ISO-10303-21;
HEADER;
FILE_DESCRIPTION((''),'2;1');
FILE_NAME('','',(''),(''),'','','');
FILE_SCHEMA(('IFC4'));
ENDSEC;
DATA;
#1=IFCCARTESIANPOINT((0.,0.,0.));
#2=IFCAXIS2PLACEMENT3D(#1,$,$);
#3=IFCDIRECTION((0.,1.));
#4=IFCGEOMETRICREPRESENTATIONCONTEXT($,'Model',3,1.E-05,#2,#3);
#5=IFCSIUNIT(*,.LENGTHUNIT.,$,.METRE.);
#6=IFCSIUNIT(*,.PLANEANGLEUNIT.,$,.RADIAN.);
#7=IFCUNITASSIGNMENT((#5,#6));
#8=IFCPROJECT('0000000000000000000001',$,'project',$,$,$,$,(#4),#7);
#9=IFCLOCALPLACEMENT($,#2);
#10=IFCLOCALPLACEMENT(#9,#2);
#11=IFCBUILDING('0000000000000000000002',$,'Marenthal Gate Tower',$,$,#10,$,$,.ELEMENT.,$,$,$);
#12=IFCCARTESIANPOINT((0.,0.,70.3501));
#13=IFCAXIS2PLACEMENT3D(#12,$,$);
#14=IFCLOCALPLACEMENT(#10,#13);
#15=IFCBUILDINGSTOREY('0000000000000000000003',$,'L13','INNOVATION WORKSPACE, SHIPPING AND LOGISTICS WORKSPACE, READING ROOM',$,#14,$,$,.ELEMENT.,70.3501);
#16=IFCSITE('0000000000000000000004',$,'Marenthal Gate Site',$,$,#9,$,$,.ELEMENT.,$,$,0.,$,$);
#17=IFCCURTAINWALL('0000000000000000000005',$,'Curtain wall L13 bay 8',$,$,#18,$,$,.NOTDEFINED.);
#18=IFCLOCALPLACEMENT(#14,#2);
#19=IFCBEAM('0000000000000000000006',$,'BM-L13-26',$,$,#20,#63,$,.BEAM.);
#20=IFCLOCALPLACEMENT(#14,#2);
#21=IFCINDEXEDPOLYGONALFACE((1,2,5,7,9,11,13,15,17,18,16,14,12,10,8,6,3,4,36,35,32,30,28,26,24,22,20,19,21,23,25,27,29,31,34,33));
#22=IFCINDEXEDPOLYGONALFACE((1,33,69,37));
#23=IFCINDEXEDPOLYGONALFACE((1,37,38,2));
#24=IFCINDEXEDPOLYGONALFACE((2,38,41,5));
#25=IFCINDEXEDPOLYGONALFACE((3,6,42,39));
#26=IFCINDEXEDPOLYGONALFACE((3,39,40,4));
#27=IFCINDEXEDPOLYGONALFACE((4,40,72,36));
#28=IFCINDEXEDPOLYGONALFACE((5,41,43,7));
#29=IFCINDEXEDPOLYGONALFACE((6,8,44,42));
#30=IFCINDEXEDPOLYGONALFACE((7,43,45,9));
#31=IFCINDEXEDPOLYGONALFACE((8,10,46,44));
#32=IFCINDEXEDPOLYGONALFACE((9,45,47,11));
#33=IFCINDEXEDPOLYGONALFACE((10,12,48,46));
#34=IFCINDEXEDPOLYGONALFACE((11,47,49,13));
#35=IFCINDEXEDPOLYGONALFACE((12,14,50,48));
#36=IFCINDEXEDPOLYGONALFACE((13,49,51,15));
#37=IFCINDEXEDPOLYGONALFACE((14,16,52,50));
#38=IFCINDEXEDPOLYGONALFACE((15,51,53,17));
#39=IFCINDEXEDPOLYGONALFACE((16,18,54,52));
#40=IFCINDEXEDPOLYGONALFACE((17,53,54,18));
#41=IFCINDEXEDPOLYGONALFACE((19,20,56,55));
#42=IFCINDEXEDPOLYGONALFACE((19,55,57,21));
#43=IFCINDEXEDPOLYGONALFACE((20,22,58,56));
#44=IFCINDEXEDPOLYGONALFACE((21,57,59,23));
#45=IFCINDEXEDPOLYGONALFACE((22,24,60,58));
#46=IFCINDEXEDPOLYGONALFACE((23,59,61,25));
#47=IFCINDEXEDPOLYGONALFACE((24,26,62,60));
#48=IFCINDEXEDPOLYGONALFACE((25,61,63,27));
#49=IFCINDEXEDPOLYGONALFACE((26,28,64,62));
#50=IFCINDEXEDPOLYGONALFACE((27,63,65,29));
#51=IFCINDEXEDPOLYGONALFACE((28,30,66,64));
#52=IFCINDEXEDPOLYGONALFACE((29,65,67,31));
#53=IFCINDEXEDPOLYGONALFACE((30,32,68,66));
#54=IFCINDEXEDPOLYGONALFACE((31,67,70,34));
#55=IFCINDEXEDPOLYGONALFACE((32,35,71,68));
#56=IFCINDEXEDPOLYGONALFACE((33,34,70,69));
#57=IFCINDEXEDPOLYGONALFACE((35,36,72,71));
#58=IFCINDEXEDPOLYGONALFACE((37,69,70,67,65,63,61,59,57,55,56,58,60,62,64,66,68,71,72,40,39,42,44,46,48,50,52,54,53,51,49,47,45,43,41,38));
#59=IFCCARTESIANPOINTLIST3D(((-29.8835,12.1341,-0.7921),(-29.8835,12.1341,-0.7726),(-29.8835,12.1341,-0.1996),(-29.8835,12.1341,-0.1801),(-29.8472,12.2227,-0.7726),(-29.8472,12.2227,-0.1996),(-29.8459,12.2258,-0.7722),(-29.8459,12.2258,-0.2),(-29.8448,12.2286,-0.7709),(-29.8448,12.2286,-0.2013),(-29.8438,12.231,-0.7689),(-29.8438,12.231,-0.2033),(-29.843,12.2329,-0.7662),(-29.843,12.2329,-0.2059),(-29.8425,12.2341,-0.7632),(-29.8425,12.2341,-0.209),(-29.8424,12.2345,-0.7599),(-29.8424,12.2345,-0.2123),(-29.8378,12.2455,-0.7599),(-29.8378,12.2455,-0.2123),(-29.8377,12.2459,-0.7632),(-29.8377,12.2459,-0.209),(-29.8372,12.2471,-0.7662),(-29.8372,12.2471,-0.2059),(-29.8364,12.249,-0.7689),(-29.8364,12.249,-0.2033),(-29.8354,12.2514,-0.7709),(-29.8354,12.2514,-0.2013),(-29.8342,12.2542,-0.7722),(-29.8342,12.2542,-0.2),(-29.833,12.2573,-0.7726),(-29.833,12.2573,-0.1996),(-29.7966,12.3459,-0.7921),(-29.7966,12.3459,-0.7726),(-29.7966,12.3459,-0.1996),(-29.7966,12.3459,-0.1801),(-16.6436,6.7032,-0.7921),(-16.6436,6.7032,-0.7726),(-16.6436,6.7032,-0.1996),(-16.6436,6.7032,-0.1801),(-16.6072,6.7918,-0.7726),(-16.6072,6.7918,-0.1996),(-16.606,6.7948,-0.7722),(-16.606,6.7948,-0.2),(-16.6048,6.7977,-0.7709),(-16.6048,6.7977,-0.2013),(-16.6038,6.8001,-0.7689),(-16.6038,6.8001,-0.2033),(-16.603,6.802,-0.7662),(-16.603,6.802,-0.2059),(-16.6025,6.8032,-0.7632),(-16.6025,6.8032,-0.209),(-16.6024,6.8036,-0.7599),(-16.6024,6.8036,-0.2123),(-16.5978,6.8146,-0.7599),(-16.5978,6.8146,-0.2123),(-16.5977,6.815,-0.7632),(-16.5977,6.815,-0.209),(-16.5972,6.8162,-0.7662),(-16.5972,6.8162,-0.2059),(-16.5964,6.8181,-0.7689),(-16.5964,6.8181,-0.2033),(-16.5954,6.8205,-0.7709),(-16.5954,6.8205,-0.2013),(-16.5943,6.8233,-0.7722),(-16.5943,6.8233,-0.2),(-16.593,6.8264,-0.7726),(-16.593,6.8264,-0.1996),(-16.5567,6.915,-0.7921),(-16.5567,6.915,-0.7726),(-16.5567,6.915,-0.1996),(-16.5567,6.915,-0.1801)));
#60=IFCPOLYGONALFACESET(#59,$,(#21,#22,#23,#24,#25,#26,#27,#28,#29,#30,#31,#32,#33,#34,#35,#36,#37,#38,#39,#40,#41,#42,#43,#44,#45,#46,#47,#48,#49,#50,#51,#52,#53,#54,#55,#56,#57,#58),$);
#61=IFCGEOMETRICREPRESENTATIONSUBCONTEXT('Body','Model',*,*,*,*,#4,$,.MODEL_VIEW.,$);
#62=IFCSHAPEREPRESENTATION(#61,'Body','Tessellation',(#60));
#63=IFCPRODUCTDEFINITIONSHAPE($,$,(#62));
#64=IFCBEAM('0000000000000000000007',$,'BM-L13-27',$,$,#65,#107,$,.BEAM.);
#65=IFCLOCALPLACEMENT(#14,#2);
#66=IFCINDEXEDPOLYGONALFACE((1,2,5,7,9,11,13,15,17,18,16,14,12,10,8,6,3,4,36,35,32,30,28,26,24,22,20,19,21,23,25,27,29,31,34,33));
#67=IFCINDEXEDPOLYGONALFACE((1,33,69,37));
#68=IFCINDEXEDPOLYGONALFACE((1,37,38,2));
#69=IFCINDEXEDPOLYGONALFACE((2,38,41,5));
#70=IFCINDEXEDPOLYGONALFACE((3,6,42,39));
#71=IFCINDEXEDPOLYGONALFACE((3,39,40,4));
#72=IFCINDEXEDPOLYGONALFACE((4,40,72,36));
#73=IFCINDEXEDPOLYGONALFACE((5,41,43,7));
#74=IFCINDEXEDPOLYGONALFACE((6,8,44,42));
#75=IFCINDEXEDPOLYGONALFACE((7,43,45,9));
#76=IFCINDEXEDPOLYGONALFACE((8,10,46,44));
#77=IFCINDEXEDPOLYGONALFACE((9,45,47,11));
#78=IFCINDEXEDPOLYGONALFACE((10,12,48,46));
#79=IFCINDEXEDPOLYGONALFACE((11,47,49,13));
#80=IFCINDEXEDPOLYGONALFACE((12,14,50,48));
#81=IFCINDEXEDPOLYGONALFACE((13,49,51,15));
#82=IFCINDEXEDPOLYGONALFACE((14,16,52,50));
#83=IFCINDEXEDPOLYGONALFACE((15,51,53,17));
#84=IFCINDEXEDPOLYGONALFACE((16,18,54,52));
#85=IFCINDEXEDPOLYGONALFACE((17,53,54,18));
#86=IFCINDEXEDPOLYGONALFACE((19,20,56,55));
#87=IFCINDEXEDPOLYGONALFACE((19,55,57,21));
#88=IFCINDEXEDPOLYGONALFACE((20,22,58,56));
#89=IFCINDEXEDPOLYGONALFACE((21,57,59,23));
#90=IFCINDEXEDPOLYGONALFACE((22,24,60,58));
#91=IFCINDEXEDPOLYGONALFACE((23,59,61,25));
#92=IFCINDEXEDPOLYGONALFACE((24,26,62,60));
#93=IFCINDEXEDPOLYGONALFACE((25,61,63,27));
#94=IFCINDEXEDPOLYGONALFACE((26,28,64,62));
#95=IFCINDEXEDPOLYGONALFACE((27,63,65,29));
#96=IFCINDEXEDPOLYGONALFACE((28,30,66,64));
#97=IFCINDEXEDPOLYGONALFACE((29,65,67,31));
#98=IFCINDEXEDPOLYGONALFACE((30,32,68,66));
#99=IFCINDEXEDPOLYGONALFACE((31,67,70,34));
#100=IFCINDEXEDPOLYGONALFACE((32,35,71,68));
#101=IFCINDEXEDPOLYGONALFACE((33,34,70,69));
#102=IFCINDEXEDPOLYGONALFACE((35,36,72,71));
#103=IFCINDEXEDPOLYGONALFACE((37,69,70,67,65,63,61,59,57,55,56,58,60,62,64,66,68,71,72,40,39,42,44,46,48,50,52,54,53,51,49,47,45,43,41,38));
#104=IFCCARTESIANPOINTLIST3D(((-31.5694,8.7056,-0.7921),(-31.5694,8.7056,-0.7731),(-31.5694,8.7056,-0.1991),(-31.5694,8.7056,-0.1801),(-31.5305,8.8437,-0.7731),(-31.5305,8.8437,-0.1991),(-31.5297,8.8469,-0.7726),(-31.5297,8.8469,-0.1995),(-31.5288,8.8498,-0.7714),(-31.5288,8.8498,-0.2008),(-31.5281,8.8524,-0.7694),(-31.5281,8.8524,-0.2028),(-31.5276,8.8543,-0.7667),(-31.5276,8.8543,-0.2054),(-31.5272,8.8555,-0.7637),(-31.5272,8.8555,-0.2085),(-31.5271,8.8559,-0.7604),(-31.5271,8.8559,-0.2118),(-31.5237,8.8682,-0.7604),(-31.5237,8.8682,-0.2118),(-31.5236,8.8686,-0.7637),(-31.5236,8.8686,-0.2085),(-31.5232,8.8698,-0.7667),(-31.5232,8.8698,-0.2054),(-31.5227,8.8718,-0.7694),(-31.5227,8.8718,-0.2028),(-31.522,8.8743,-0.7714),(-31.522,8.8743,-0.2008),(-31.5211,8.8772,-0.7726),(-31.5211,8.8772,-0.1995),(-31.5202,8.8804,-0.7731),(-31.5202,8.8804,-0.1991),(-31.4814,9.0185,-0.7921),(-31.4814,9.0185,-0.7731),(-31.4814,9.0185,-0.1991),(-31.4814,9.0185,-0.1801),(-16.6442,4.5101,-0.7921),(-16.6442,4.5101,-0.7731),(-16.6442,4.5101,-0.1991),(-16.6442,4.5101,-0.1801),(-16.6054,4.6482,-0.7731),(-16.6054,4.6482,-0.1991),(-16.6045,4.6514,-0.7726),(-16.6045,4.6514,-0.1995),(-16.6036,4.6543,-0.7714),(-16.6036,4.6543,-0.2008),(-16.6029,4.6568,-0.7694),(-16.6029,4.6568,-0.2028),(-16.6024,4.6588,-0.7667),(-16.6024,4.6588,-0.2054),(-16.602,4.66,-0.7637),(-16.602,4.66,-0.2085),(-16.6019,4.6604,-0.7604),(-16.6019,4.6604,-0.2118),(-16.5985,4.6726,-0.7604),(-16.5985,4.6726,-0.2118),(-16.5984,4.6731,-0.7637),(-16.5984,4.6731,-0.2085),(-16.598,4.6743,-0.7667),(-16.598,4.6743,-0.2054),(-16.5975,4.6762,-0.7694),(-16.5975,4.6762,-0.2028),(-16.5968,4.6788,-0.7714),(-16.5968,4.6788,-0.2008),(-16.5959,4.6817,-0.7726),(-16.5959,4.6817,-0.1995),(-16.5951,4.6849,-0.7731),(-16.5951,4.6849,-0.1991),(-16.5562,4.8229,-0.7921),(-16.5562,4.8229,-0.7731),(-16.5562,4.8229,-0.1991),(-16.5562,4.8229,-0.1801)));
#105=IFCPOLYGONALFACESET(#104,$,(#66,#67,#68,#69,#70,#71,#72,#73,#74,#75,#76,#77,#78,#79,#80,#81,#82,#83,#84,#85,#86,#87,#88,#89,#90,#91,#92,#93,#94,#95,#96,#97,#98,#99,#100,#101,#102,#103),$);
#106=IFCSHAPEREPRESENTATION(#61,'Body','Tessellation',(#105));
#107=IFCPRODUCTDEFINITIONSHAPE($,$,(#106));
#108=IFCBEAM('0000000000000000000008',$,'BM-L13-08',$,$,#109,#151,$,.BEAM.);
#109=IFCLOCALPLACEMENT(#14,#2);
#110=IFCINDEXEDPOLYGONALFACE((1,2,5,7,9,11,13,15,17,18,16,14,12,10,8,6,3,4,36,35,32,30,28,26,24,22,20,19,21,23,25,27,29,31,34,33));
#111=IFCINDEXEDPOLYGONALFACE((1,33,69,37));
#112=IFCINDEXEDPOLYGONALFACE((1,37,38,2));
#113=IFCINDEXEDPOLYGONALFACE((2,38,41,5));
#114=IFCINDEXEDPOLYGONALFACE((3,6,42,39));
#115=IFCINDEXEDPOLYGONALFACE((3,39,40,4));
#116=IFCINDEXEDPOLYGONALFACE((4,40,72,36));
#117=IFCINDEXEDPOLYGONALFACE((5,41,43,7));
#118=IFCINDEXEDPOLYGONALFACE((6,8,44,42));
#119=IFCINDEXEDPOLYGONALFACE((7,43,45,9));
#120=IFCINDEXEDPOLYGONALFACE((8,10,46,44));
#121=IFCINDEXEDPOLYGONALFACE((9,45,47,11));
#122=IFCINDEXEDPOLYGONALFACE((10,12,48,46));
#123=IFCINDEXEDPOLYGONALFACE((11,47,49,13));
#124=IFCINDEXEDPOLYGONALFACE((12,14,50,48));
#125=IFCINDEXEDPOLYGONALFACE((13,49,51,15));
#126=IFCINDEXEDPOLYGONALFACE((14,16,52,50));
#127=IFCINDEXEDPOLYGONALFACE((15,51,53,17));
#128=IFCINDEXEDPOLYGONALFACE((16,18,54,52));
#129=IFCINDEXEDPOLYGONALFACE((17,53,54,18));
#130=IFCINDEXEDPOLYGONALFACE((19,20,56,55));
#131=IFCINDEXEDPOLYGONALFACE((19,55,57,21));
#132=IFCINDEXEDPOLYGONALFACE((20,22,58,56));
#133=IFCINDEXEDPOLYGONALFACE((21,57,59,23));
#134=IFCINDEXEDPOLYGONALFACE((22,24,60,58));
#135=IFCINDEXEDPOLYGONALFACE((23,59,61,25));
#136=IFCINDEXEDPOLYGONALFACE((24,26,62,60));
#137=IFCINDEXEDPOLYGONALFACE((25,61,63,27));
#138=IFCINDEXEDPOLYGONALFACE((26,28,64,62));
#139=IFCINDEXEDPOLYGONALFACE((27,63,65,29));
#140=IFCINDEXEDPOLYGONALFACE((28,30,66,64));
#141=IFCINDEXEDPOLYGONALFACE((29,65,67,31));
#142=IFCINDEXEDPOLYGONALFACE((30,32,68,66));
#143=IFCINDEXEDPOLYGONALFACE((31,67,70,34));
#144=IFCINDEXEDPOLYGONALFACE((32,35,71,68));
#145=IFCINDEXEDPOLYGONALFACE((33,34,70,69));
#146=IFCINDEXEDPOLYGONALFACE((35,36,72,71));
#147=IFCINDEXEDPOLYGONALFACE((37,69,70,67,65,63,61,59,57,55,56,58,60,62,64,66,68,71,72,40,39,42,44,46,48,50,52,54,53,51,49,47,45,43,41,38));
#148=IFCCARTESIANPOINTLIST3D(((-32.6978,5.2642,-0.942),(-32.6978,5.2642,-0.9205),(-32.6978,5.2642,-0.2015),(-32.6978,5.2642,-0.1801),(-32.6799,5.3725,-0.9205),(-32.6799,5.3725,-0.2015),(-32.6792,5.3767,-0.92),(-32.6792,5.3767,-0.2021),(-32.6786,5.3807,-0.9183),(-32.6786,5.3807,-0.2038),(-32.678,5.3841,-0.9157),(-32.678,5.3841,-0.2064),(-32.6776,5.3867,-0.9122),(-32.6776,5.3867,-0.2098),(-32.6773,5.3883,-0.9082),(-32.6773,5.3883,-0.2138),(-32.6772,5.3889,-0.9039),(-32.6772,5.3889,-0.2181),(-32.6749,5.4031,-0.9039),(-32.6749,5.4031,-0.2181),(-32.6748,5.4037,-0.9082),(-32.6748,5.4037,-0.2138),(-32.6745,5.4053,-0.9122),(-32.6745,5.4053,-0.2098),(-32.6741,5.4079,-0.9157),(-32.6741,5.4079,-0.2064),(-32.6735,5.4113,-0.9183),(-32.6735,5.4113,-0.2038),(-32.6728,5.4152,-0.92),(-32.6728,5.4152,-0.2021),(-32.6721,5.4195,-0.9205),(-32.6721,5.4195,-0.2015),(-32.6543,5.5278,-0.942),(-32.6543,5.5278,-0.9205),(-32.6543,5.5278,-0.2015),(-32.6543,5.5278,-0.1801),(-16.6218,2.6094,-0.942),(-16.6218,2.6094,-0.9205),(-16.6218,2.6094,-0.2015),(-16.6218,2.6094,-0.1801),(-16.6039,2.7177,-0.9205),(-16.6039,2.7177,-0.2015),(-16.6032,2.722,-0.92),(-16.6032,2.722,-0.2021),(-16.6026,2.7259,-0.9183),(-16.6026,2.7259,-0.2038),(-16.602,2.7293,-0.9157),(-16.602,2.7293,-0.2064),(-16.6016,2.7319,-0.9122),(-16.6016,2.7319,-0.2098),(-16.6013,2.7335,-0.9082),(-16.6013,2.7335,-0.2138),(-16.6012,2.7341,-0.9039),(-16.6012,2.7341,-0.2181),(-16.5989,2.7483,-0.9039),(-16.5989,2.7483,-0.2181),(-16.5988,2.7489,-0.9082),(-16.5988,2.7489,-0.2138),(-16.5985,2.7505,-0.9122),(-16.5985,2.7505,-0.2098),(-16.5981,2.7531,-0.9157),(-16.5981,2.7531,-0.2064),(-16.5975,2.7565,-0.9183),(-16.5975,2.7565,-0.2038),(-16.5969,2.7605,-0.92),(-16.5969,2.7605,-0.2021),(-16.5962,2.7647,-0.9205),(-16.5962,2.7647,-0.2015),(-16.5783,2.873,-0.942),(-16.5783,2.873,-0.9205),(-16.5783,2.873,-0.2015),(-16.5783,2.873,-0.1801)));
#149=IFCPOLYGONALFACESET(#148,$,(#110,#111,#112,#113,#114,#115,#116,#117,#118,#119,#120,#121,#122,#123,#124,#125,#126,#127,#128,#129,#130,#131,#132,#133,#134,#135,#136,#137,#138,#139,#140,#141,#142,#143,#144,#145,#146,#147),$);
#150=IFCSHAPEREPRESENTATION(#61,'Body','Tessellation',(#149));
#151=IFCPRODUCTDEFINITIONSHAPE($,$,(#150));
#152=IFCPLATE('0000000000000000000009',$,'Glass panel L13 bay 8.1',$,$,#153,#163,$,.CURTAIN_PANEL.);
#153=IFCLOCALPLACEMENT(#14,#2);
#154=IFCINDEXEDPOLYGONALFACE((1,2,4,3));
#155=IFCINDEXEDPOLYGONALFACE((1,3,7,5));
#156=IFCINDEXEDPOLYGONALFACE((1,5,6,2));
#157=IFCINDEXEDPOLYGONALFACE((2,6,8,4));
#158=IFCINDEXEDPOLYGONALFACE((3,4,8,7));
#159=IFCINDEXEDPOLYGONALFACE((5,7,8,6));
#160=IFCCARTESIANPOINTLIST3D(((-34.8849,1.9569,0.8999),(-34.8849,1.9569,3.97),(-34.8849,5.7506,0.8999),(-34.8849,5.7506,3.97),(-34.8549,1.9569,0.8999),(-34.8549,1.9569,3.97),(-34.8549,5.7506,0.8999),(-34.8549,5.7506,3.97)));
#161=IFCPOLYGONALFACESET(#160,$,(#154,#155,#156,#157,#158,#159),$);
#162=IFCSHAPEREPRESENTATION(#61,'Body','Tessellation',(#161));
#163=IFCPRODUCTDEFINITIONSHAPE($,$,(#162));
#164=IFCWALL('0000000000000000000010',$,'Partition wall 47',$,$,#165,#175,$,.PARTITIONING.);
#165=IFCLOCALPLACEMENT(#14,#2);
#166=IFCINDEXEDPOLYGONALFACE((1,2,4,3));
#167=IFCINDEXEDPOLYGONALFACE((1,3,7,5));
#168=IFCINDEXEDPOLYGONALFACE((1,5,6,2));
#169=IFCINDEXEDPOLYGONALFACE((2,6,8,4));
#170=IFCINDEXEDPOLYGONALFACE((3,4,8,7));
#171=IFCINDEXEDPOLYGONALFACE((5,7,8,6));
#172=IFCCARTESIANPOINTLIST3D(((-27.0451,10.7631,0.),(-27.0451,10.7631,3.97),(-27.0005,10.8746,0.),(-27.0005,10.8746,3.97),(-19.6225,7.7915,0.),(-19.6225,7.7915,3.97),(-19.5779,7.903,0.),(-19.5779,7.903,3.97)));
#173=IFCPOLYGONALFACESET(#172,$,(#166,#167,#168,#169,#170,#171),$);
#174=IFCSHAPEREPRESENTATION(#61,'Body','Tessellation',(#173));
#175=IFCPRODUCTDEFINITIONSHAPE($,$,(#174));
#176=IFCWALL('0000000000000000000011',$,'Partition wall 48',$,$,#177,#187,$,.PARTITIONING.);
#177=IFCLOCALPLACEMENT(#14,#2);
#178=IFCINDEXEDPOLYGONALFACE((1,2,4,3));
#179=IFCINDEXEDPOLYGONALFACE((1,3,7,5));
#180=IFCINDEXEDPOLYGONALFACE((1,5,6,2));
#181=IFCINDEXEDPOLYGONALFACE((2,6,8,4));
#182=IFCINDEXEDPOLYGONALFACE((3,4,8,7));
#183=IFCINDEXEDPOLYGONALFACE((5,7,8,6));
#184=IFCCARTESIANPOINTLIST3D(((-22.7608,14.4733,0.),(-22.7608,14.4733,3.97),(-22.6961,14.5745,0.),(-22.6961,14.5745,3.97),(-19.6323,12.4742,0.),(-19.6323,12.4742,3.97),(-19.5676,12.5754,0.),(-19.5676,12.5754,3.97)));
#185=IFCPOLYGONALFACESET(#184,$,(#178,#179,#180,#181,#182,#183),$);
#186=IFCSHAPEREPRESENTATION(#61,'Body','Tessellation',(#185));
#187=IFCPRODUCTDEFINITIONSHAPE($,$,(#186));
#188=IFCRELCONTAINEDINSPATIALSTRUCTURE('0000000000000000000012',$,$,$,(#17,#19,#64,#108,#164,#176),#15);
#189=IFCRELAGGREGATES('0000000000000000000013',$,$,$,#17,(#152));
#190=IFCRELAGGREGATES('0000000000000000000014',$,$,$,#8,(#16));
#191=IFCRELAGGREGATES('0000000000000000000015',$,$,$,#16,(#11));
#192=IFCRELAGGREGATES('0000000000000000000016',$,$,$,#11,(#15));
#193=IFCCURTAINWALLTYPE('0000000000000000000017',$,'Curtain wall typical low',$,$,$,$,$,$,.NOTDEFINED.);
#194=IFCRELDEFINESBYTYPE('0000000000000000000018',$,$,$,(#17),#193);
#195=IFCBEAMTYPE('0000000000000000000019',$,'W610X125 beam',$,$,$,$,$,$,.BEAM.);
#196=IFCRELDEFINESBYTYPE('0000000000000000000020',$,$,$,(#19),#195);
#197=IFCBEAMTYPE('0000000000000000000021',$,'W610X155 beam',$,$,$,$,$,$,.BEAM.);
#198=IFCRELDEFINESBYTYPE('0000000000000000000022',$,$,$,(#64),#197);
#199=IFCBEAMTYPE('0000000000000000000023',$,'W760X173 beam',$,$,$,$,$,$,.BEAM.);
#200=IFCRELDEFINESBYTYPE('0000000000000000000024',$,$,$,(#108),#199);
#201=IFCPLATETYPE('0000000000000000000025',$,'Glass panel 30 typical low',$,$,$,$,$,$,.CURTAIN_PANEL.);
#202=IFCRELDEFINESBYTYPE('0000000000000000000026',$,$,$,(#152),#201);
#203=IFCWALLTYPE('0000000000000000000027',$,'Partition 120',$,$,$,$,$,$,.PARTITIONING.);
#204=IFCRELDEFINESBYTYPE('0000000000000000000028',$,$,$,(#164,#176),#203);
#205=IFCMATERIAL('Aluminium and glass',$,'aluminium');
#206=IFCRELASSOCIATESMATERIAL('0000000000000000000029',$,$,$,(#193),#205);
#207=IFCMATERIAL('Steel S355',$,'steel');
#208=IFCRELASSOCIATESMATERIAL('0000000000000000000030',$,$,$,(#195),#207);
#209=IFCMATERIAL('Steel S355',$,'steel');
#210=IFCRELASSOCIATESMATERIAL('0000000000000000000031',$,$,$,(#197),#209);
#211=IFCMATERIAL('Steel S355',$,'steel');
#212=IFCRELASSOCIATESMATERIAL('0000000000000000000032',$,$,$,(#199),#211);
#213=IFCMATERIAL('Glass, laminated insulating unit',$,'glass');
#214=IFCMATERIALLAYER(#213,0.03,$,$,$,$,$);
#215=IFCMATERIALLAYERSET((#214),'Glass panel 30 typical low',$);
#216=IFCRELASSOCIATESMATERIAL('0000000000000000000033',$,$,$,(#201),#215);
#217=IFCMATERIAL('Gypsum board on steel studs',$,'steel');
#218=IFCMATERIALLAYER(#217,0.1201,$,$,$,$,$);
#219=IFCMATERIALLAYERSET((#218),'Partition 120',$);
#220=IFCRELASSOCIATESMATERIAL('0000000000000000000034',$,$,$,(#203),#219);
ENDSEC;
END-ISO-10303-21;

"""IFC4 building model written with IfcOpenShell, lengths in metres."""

from ifc_helpers import new_model, si_unit, direction, frame, frame_2d, origin, origin_2d, place, context, subcontext, project, spatial, rectangle, i_section, extrude, material, layer, layer_set, material_profile, profile_set, type_object, element, aggregate, save


model = new_model("IFC4")

# Units and contexts
model_context = context("Model", 3, precision=1e-05, world=origin(), true_north=direction((0.0, 1.0)))
body_context = subcontext(model_context, "Body", "Model", "MODEL_VIEW")
ifc_project = project(units=[si_unit("LENGTHUNIT", "METRE"), si_unit("PLANEANGLEUNIT", "RADIAN")], contexts=[model_context])

# Site, building, storey
site_placement = place(None, origin())
site = spatial("IfcSite", under=ifc_project, at=site_placement, Name="Marenthal Gate Site", CompositionType="ELEMENT", RefElevation=0.0)
building_placement = place(site_placement, origin())
building = spatial("IfcBuilding", under=site, at=building_placement, Name="Marenthal Gate Tower", CompositionType="ELEMENT")
storey_placement = place(building_placement, frame((0.0, 0.0, 70.3501)))
storey = spatial("IfcBuildingStorey", under=building, at=storey_placement, Name="L13", Description="INNOVATION WORKSPACE, SHIPPING AND LOGISTICS WORKSPACE, READING ROOM", CompositionType="ELEMENT", Elevation=70.3501)

# Curtain wall
ifc_material_1 = material(Name="Aluminium and glass", Category="aluminium")
curtain_wall_type = type_object("IfcCurtainWallType", Name="Curtain wall typical low", PredefinedType="NOTDEFINED", material=ifc_material_1)
curtain_wall_placement = place(storey_placement, origin())
curtain_wall = element("IfcCurtainWall", 1, at=curtain_wall_placement, inside=storey, type_object=curtain_wall_type, Name="Curtain wall L13 bay 8", PredefinedType="NOTDEFINED")

# Beams
ifc_material_2 = material(Name="Steel S355", Category="steel")
ifc_material_profile_1 = material_profile(ifc_material_2, i_section(OverallWidth=0.229, OverallDepth=0.6121, WebThickness=0.012, FlangeThickness=0.0195, FilletRadius=0.0127, at=origin_2d()), Name="W610X125")
ifc_profile_set_1 = profile_set([ifc_material_profile_1], Name="Steel S355")
beam_type_1 = type_object("IfcBeamType", Name="W610X125 beam", PredefinedType="BEAM", material=ifc_profile_set_1)
beam_1_placement = place(storey_placement, frame((-29.8401, 12.24, -0.4861), z_axis=(0.92519, -0.379504, 0.0), x_axis=(0.379504, 0.92519, 0.0)))
element("IfcBeam", 2, at=beam_1_placement, inside=storey, type_object=beam_type_1, Name="BM-L13-26", PredefinedType="BEAM", context=body_context, shape_type="SweptSolid", body=[
    extrude(i_section(OverallWidth=0.229, OverallDepth=0.6121, WebThickness=0.012, FlangeThickness=0.0195, FilletRadius=0.0127, at=origin_2d()), origin(), (0.0, 0.0, 1.0), 14.3105),
])
ifc_material_3 = material(Name="Steel S355", Category="steel")
ifc_material_profile_2 = material_profile(ifc_material_3, i_section(OverallWidth=0.325, OverallDepth=0.6121, WebThickness=0.0127, FlangeThickness=0.019, FilletRadius=0.0127, at=origin_2d()), Name="W610X155")
ifc_profile_set_2 = profile_set([ifc_material_profile_2], Name="Steel S355")
beam_type_2 = type_object("IfcBeamType", Name="W610X155 beam", PredefinedType="BEAM", material=ifc_profile_set_2)
beam_2_placement = place(storey_placement, frame((-31.5254, 8.8621, -0.4861), z_axis=(0.962688, -0.270615, 0.0), x_axis=(0.270615, 0.962688, 0.0)))
element("IfcBeam", 3, at=beam_2_placement, inside=storey, type_object=beam_type_2, Name="BM-L13-27", PredefinedType="BEAM", context=body_context, shape_type="SweptSolid", body=[
    extrude(i_section(OverallWidth=0.325, OverallDepth=0.6121, WebThickness=0.0127, FlangeThickness=0.019, FilletRadius=0.0127, at=origin_2d()), origin(), (0.0, 0.0, 1.0), 15.5037),
])
ifc_material_4 = material(Name="Steel S355", Category="steel")
ifc_material_profile_3 = material_profile(ifc_material_4, i_section(OverallWidth=0.2671, OverallDepth=0.762, WebThickness=0.0144, FlangeThickness=0.0215, FilletRadius=0.0166, at=origin_2d()), Name="W760X173")
ifc_profile_set_3 = profile_set([ifc_material_profile_3], Name="Steel S355")
beam_type_3 = type_object("IfcBeamType", Name="W760X173 beam", PredefinedType="BEAM", material=ifc_profile_set_3)
beam_3_placement = place(storey_placement, frame((-32.676, 5.396, -0.561), z_axis=(0.986637, -0.162934, 0.0), x_axis=(0.162934, 0.986637, 0.0)))
element("IfcBeam", 4, at=beam_3_placement, inside=storey, type_object=beam_type_3, Name="BM-L13-08", PredefinedType="BEAM", context=body_context, shape_type="SweptSolid", body=[
    extrude(i_section(OverallWidth=0.2671, OverallDepth=0.762, WebThickness=0.0144, FlangeThickness=0.0215, FilletRadius=0.0166, at=origin_2d()), origin(), (0.0, 0.0, 1.0), 16.2937),
])

# Plate
ifc_material_5 = material(Name="Glass, laminated insulating unit", Category="glass")
ifc_layer_1 = layer(ifc_material_5, 0.03)
ifc_layer_set_1 = layer_set([ifc_layer_1], Name="Glass panel 30 typical low")
plate_type = type_object("IfcPlateType", Name="Glass panel 30 typical low", PredefinedType="CURTAIN_PANEL", material=ifc_layer_set_1)
plate_placement = place(storey_placement, frame((-34.8699, 3.8538, 0.8999), z_axis=(0.0, 0.0, 1.0), x_axis=(0.0, -1.0, 0.0)))
plate = element("IfcPlate", 5, at=plate_placement, type_object=plate_type, Name="Glass panel L13 bay 8.1", PredefinedType="CURTAIN_PANEL", context=body_context, shape_type="SweptSolid", body=[
    extrude(rectangle(XDim=3.7937, YDim=0.03, at=origin_2d()), origin(), (0.0, 0.0, 1.0), 3.0701),
])
aggregate(curtain_wall, [plate])

# Walls
ifc_material_6 = material(Name="Gypsum board on steel studs", Category="steel")
ifc_layer_2 = layer(ifc_material_6, 0.1201)
ifc_layer_set_2 = layer_set([ifc_layer_2], Name="Partition 120")
wall_type = type_object("IfcWallType", Name="Partition 120", PredefinedType="PARTITIONING", material=ifc_layer_set_2)
wall_1_placement = place(storey_placement, frame((-27.0227, 10.8188, 0.0), z_axis=(0.0, 0.0, 1.0), x_axis=(0.928363, -0.371675, 0.0)))
element("IfcWall", 6, at=wall_1_placement, inside=storey, type_object=wall_type, Name="Partition wall 47", PredefinedType="PARTITIONING", context=body_context, shape_type="SweptSolid", body=[
    extrude(rectangle(XDim=7.9954, YDim=0.1201, at=frame_2d((3.9976, 0.0))), origin(), (0.0, 0.0, 1.0), 3.97),
])
wall_2_placement = place(storey_placement, frame((-22.7285, 14.5239, 0.0), z_axis=(0.0, 0.0, 1.0), x_axis=(0.842658, -0.538449, 0.0)))
element("IfcWall", 7, at=wall_2_placement, inside=storey, type_object=wall_type, Name="Partition wall 48", PredefinedType="PARTITIONING", context=body_context, shape_type="SweptSolid", body=[
    extrude(rectangle(XDim=3.7126, YDim=0.1201, at=frame_2d((1.8564, 0.0))), origin(), (0.0, 0.0, 1.0), 3.97),
])

save(model, "model.ifc")
